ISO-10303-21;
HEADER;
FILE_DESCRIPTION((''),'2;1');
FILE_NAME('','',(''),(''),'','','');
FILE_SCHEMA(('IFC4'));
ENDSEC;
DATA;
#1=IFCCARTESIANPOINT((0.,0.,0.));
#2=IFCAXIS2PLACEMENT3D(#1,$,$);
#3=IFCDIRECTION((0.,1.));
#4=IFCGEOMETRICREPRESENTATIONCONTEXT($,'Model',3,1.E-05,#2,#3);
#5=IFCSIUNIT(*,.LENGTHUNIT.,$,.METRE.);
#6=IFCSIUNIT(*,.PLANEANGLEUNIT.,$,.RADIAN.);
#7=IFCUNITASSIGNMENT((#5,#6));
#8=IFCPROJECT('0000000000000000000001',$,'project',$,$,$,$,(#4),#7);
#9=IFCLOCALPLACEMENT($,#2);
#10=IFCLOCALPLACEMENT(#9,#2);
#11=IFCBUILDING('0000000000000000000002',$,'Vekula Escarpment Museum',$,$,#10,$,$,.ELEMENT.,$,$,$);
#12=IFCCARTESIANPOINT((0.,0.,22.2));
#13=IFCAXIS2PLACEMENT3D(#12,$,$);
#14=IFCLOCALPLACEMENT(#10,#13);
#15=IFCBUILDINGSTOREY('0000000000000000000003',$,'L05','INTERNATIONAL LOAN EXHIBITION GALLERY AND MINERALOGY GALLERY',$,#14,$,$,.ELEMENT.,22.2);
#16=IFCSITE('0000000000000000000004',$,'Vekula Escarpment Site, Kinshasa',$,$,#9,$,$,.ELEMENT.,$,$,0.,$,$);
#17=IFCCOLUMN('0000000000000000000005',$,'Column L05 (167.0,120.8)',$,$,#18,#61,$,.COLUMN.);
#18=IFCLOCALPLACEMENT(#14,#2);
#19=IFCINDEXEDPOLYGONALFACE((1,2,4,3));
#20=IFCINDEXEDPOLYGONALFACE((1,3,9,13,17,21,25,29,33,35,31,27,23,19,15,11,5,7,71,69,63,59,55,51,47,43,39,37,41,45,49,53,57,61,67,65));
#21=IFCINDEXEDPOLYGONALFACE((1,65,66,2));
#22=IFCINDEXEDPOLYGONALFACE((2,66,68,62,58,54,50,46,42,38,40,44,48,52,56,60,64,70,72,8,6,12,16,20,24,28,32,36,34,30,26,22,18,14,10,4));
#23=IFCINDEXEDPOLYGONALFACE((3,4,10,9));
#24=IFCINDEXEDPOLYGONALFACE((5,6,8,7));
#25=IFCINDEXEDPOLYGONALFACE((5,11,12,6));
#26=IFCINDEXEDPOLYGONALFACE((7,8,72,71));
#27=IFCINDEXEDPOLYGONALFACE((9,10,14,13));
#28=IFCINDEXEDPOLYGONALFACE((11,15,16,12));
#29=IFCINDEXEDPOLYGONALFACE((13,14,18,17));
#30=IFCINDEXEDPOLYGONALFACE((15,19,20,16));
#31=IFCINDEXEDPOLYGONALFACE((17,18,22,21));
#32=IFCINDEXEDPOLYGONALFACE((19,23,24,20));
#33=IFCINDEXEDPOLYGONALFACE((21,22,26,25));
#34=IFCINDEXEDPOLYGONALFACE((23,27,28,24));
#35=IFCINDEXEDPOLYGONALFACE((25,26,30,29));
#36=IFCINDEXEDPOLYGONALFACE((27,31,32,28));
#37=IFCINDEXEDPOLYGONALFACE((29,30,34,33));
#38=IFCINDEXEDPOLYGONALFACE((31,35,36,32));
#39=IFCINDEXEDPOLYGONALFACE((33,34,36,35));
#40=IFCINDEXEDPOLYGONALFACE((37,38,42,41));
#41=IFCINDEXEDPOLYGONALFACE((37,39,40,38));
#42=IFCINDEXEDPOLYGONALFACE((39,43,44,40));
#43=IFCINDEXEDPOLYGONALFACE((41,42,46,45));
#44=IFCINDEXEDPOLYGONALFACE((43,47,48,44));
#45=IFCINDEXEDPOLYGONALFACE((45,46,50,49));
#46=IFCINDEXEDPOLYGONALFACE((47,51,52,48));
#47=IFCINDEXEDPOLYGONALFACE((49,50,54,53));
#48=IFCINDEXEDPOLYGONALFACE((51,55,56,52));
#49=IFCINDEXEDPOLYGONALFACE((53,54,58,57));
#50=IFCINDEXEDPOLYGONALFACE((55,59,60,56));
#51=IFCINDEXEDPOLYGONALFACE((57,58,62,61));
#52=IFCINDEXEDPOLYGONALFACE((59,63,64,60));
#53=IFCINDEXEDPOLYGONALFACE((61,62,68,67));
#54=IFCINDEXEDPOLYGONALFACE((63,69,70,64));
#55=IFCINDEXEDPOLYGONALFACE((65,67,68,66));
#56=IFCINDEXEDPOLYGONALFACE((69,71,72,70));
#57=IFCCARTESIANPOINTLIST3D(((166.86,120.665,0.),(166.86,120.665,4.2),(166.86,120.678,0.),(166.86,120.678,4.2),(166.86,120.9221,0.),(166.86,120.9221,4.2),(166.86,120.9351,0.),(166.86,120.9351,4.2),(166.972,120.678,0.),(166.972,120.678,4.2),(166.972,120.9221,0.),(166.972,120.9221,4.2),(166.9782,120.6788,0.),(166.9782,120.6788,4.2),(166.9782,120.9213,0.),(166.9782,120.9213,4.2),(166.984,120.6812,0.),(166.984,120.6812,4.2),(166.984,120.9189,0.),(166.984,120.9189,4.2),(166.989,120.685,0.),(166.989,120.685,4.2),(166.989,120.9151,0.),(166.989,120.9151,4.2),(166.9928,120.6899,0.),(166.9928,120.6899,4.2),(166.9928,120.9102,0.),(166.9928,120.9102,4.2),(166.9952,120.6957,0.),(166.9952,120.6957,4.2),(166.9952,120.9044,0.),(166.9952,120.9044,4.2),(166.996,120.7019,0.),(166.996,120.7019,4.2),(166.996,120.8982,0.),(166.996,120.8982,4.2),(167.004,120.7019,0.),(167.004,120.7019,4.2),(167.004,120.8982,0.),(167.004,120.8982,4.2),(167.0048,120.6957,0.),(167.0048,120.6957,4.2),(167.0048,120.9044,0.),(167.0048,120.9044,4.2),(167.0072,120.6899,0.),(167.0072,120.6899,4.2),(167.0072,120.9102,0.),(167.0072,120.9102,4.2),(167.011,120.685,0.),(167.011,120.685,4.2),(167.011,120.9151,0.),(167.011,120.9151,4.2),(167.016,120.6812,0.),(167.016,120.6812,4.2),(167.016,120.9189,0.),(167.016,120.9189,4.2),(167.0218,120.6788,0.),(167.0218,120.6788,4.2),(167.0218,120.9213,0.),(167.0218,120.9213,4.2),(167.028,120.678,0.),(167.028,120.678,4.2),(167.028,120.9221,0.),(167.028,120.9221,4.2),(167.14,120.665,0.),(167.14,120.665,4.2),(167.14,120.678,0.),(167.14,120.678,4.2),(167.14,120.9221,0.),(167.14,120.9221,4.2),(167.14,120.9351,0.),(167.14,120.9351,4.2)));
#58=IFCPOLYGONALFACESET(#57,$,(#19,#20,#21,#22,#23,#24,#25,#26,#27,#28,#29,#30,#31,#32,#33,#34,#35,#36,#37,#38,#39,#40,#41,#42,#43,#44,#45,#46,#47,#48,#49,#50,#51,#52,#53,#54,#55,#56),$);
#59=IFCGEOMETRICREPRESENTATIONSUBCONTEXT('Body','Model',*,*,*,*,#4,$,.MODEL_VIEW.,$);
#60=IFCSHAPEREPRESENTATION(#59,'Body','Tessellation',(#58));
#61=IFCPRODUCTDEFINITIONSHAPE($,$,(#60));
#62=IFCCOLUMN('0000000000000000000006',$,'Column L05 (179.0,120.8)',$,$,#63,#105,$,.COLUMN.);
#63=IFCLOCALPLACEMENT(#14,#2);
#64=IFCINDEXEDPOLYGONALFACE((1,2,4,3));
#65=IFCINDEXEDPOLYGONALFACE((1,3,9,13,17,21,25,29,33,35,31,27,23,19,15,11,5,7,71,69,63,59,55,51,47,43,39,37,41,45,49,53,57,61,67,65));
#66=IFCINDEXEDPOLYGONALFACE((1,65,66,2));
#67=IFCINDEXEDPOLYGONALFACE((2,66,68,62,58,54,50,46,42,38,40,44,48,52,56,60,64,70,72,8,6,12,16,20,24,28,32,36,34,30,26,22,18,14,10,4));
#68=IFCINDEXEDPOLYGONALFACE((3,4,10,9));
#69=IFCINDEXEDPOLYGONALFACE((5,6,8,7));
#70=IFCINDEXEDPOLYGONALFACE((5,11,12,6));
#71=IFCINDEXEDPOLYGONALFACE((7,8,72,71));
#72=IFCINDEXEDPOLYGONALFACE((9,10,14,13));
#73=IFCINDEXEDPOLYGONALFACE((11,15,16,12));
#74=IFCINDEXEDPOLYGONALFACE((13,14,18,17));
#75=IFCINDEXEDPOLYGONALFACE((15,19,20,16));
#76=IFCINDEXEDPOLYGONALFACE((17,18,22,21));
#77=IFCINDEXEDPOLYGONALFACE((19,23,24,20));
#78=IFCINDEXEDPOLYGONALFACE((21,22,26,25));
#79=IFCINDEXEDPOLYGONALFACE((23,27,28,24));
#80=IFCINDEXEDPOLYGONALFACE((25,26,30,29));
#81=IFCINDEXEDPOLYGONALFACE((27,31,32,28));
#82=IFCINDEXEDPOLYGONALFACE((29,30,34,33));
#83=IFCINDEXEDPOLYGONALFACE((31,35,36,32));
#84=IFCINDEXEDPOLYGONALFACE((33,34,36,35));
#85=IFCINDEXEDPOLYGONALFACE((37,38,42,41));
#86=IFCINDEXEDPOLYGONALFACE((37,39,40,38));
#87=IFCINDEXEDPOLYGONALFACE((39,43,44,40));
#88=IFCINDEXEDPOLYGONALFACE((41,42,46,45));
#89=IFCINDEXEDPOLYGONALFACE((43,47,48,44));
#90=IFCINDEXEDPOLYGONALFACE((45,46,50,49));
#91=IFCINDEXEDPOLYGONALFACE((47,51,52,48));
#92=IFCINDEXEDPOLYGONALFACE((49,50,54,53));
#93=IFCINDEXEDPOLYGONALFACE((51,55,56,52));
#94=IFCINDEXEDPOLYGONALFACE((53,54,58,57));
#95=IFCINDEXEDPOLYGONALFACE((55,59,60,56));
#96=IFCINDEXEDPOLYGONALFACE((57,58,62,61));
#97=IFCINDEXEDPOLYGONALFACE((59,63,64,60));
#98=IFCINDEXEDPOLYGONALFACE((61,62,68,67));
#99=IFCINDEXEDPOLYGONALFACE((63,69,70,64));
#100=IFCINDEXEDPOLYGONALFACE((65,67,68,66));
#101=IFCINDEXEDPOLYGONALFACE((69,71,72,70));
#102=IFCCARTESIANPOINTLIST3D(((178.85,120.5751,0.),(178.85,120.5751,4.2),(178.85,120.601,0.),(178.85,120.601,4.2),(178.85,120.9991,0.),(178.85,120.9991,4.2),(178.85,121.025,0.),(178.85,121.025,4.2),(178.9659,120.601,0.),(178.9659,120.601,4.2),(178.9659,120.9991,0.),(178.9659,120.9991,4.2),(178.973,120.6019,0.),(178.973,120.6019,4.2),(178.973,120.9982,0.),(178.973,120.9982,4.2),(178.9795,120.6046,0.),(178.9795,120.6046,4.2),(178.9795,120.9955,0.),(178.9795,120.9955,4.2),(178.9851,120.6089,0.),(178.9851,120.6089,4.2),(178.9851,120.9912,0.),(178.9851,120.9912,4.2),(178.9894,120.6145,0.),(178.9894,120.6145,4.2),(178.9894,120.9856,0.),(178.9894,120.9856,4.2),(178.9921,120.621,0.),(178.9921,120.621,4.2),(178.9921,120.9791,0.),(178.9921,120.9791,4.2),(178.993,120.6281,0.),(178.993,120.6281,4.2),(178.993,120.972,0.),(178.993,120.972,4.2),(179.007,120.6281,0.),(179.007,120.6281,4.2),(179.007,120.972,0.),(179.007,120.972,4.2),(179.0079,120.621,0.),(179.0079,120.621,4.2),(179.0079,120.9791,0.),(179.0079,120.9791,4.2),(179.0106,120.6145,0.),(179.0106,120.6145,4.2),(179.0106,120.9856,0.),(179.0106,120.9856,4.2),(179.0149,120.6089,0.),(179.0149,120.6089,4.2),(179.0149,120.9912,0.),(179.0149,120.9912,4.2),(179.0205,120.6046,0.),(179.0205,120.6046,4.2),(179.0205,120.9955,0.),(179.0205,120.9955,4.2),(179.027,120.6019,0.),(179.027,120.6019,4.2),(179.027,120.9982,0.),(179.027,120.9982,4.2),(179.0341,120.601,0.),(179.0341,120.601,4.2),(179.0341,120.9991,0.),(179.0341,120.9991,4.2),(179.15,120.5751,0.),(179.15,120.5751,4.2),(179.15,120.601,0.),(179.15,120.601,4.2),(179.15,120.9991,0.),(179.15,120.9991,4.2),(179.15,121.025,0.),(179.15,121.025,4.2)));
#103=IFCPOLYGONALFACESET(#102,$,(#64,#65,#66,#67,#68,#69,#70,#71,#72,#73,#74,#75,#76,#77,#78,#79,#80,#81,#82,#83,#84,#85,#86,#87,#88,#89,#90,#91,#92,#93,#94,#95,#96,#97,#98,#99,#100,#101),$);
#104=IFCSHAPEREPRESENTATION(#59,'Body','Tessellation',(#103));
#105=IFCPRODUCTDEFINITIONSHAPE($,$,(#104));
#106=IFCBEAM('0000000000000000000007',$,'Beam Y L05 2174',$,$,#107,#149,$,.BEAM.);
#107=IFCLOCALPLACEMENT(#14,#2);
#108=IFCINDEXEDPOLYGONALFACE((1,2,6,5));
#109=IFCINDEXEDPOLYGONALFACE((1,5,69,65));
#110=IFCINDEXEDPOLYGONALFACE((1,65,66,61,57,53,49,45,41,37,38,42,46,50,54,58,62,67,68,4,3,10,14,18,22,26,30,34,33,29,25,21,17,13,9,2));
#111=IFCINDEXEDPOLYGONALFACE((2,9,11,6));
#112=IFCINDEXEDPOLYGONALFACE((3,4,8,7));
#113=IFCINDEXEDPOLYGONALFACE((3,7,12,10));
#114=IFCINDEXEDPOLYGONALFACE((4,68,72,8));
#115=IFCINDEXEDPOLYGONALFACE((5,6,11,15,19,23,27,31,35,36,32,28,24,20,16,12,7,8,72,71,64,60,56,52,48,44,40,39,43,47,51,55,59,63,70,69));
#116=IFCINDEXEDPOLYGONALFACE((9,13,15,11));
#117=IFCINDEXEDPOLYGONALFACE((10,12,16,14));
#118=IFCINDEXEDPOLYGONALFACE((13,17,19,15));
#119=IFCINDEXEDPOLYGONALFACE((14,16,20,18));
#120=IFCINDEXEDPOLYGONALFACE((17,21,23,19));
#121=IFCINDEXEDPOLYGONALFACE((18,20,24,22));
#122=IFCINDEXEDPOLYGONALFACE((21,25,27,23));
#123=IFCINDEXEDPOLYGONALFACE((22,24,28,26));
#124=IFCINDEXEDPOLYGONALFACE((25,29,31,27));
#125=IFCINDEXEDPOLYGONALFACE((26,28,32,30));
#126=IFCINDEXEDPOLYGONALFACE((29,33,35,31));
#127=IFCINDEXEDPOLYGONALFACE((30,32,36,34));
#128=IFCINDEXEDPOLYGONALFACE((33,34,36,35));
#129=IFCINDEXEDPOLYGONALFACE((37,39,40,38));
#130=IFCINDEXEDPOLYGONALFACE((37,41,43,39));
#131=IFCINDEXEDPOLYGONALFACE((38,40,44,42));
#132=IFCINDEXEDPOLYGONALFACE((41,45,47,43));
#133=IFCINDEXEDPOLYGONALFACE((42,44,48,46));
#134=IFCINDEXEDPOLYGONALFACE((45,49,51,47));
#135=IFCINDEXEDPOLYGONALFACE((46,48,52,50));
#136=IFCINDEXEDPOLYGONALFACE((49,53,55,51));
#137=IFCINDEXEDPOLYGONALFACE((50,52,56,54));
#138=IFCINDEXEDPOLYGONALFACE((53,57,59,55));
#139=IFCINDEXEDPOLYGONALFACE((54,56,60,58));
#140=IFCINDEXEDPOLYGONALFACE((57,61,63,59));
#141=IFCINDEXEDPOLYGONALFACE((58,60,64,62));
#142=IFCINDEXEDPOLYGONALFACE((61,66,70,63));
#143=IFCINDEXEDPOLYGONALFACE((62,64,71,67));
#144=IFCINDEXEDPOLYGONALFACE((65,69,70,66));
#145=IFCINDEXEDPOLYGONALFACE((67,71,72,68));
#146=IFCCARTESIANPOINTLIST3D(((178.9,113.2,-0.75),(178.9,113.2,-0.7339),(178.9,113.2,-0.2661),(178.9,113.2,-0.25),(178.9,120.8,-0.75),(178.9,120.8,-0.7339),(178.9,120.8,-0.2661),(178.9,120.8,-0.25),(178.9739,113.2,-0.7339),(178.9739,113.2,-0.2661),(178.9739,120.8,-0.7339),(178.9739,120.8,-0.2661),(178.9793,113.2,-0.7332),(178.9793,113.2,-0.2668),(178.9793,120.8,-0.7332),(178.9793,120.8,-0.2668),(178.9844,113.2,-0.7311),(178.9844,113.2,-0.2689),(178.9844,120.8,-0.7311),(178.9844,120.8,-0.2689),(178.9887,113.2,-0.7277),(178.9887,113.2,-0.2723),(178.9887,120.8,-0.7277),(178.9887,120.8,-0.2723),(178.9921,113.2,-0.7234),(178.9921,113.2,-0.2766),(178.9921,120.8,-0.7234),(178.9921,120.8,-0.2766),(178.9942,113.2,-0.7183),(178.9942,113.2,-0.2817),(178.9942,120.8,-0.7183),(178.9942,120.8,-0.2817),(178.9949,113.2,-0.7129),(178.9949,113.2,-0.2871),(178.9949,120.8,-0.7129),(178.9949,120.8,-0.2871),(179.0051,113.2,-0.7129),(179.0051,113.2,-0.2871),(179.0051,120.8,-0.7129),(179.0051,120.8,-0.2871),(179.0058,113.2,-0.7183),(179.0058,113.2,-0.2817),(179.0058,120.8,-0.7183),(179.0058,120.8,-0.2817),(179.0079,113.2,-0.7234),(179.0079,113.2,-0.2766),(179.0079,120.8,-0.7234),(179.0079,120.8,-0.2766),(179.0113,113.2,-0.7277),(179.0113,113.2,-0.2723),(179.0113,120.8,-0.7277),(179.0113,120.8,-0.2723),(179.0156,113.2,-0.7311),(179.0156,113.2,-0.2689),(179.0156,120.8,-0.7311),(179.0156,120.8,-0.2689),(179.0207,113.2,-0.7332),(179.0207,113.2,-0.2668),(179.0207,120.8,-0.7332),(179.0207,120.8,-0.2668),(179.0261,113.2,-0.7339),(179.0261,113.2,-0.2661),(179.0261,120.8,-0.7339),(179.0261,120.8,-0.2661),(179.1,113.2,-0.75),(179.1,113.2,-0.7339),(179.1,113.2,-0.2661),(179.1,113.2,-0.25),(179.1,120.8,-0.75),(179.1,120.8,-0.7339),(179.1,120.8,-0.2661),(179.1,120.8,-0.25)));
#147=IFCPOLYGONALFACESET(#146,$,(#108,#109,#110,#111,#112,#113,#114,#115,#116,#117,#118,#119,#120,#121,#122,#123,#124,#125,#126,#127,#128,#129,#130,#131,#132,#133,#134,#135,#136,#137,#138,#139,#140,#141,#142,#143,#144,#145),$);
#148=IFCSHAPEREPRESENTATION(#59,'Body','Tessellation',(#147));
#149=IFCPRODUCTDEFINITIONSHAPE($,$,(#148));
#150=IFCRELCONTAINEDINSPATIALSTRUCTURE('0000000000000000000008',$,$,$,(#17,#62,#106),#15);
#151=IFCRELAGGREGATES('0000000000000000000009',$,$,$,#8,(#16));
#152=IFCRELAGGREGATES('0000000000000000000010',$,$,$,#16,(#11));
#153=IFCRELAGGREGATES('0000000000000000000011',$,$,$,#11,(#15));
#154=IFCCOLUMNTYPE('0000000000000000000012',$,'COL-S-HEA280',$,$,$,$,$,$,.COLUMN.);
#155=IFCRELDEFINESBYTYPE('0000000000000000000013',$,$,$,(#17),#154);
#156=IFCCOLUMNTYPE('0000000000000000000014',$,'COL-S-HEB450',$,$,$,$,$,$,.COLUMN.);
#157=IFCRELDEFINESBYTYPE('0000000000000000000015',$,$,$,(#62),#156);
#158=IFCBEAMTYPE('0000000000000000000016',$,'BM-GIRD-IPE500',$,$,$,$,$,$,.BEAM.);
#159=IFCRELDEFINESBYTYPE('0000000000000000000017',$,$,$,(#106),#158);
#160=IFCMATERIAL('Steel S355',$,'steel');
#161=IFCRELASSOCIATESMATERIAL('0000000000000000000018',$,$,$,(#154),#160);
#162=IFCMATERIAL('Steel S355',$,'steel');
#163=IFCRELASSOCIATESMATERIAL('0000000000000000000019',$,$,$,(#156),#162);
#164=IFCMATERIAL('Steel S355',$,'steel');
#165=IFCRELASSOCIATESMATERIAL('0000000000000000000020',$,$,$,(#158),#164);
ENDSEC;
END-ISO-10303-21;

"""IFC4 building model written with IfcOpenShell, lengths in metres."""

from ifc_helpers import new_model, si_unit, direction, frame, origin, origin_2d, place, context, subcontext, project, spatial, i_section, extrude, material, material_profile, profile_set, type_object, element, save


model = new_model("IFC4")

# Units and contexts
model_context = context("Model", 3, precision=1e-05, world=origin(), true_north=direction((0.0, 1.0)))
body_context = subcontext(model_context, "Body", "Model", "MODEL_VIEW")
ifc_project = project(units=[si_unit("LENGTHUNIT", "METRE"), si_unit("PLANEANGLEUNIT", "RADIAN")], contexts=[model_context])

# Site, building, storey
site_placement = place(None, origin())
site = spatial("IfcSite", under=ifc_project, at=site_placement, Name="Vekula Escarpment Site, Kinshasa", CompositionType="ELEMENT", RefElevation=0.0)
building_placement = place(site_placement, origin())
building = spatial("IfcBuilding", under=site, at=building_placement, Name="Vekula Escarpment Museum", CompositionType="ELEMENT")
storey_placement = place(building_placement, frame((0.0, 0.0, 22.2)))
storey = spatial("IfcBuildingStorey", under=building, at=storey_placement, Name="L05", Description="INTERNATIONAL LOAN EXHIBITION GALLERY AND MINERALOGY GALLERY", CompositionType="ELEMENT", Elevation=22.2)

# Columns
ifc_material_1 = material(Name="Steel S355", Category="steel")
ifc_material_profile_1 = material_profile(ifc_material_1, i_section(OverallWidth=0.28, OverallDepth=0.27, WebThickness=0.0081, FlangeThickness=0.0129, FilletRadius=0.0239, at=origin_2d()), Name="HEA 280")
ifc_profile_set_1 = profile_set([ifc_material_profile_1], Name="Steel S355")
column_type_1 = type_object("IfcColumnType", Name="COL-S-HEA280", PredefinedType="COLUMN", material=ifc_profile_set_1)
column_1_placement = place(storey_placement, frame((167.0, 120.8, 0.0), z_axis=(0.0, 0.0, 1.0), x_axis=(1.0, 0.0, 0.0)))
element("IfcColumn", 1, at=column_1_placement, inside=storey, type_object=column_type_1, Name="Column L05 (167.0,120.8)", PredefinedType="COLUMN", context=body_context, shape_type="SweptSolid", body=[
    extrude(i_section(OverallWidth=0.28, OverallDepth=0.27, WebThickness=0.0081, FlangeThickness=0.0129, FilletRadius=0.0239, at=origin_2d()), origin(), (0.0, 0.0, 1.0), 4.2),
])
ifc_material_2 = material(Name="Steel S355", Category="steel")
ifc_material_profile_2 = material_profile(ifc_material_2, i_section(OverallWidth=0.3, OverallDepth=0.45, WebThickness=0.0139, FlangeThickness=0.0259, FilletRadius=0.0271, at=origin_2d()), Name="HEB 450")
ifc_profile_set_2 = profile_set([ifc_material_profile_2], Name="Steel S355")
column_type_2 = type_object("IfcColumnType", Name="COL-S-HEB450", PredefinedType="COLUMN", material=ifc_profile_set_2)
column_2_placement = place(storey_placement, frame((179.0, 120.8, 0.0), z_axis=(0.0, 0.0, 1.0), x_axis=(1.0, 0.0, 0.0)))
element("IfcColumn", 2, at=column_2_placement, inside=storey, type_object=column_type_2, Name="Column L05 (179.0,120.8)", PredefinedType="COLUMN", context=body_context, shape_type="SweptSolid", body=[
    extrude(i_section(OverallWidth=0.3, OverallDepth=0.45, WebThickness=0.0139, FlangeThickness=0.0259, FilletRadius=0.0271, at=origin_2d()), origin(), (0.0, 0.0, 1.0), 4.2),
])

# Beam
ifc_material_3 = material(Name="Steel S355", Category="steel")
ifc_material_profile_3 = material_profile(ifc_material_3, i_section(OverallWidth=0.2, OverallDepth=0.5, WebThickness=0.0103, FlangeThickness=0.0161, FilletRadius=0.021, at=origin_2d()), Name="IPE 500")
ifc_profile_set_3 = profile_set([ifc_material_profile_3], Name="Steel S355")
beam_type_1 = type_object("IfcBeamType", Name="BM-GIRD-IPE500", PredefinedType="BEAM", material=ifc_profile_set_3)
beam_1_placement = place(storey_placement, frame((179.0, 113.2, -0.5), z_axis=(0.0, 1.0, 0.0), x_axis=(-1.0, 0.0, 0.0)))
element("IfcBeam", 3, at=beam_1_placement, inside=storey, type_object=beam_type_1, Name="Beam Y L05 2174", PredefinedType="BEAM", context=body_context, shape_type="SweptSolid", body=[
    extrude(i_section(OverallWidth=0.2, OverallDepth=0.5, WebThickness=0.0103, FlangeThickness=0.0161, FilletRadius=0.021, at=origin_2d()), origin(), (0.0, 0.0, 1.0), 7.6001),
])

save(model, "model.ifc")
